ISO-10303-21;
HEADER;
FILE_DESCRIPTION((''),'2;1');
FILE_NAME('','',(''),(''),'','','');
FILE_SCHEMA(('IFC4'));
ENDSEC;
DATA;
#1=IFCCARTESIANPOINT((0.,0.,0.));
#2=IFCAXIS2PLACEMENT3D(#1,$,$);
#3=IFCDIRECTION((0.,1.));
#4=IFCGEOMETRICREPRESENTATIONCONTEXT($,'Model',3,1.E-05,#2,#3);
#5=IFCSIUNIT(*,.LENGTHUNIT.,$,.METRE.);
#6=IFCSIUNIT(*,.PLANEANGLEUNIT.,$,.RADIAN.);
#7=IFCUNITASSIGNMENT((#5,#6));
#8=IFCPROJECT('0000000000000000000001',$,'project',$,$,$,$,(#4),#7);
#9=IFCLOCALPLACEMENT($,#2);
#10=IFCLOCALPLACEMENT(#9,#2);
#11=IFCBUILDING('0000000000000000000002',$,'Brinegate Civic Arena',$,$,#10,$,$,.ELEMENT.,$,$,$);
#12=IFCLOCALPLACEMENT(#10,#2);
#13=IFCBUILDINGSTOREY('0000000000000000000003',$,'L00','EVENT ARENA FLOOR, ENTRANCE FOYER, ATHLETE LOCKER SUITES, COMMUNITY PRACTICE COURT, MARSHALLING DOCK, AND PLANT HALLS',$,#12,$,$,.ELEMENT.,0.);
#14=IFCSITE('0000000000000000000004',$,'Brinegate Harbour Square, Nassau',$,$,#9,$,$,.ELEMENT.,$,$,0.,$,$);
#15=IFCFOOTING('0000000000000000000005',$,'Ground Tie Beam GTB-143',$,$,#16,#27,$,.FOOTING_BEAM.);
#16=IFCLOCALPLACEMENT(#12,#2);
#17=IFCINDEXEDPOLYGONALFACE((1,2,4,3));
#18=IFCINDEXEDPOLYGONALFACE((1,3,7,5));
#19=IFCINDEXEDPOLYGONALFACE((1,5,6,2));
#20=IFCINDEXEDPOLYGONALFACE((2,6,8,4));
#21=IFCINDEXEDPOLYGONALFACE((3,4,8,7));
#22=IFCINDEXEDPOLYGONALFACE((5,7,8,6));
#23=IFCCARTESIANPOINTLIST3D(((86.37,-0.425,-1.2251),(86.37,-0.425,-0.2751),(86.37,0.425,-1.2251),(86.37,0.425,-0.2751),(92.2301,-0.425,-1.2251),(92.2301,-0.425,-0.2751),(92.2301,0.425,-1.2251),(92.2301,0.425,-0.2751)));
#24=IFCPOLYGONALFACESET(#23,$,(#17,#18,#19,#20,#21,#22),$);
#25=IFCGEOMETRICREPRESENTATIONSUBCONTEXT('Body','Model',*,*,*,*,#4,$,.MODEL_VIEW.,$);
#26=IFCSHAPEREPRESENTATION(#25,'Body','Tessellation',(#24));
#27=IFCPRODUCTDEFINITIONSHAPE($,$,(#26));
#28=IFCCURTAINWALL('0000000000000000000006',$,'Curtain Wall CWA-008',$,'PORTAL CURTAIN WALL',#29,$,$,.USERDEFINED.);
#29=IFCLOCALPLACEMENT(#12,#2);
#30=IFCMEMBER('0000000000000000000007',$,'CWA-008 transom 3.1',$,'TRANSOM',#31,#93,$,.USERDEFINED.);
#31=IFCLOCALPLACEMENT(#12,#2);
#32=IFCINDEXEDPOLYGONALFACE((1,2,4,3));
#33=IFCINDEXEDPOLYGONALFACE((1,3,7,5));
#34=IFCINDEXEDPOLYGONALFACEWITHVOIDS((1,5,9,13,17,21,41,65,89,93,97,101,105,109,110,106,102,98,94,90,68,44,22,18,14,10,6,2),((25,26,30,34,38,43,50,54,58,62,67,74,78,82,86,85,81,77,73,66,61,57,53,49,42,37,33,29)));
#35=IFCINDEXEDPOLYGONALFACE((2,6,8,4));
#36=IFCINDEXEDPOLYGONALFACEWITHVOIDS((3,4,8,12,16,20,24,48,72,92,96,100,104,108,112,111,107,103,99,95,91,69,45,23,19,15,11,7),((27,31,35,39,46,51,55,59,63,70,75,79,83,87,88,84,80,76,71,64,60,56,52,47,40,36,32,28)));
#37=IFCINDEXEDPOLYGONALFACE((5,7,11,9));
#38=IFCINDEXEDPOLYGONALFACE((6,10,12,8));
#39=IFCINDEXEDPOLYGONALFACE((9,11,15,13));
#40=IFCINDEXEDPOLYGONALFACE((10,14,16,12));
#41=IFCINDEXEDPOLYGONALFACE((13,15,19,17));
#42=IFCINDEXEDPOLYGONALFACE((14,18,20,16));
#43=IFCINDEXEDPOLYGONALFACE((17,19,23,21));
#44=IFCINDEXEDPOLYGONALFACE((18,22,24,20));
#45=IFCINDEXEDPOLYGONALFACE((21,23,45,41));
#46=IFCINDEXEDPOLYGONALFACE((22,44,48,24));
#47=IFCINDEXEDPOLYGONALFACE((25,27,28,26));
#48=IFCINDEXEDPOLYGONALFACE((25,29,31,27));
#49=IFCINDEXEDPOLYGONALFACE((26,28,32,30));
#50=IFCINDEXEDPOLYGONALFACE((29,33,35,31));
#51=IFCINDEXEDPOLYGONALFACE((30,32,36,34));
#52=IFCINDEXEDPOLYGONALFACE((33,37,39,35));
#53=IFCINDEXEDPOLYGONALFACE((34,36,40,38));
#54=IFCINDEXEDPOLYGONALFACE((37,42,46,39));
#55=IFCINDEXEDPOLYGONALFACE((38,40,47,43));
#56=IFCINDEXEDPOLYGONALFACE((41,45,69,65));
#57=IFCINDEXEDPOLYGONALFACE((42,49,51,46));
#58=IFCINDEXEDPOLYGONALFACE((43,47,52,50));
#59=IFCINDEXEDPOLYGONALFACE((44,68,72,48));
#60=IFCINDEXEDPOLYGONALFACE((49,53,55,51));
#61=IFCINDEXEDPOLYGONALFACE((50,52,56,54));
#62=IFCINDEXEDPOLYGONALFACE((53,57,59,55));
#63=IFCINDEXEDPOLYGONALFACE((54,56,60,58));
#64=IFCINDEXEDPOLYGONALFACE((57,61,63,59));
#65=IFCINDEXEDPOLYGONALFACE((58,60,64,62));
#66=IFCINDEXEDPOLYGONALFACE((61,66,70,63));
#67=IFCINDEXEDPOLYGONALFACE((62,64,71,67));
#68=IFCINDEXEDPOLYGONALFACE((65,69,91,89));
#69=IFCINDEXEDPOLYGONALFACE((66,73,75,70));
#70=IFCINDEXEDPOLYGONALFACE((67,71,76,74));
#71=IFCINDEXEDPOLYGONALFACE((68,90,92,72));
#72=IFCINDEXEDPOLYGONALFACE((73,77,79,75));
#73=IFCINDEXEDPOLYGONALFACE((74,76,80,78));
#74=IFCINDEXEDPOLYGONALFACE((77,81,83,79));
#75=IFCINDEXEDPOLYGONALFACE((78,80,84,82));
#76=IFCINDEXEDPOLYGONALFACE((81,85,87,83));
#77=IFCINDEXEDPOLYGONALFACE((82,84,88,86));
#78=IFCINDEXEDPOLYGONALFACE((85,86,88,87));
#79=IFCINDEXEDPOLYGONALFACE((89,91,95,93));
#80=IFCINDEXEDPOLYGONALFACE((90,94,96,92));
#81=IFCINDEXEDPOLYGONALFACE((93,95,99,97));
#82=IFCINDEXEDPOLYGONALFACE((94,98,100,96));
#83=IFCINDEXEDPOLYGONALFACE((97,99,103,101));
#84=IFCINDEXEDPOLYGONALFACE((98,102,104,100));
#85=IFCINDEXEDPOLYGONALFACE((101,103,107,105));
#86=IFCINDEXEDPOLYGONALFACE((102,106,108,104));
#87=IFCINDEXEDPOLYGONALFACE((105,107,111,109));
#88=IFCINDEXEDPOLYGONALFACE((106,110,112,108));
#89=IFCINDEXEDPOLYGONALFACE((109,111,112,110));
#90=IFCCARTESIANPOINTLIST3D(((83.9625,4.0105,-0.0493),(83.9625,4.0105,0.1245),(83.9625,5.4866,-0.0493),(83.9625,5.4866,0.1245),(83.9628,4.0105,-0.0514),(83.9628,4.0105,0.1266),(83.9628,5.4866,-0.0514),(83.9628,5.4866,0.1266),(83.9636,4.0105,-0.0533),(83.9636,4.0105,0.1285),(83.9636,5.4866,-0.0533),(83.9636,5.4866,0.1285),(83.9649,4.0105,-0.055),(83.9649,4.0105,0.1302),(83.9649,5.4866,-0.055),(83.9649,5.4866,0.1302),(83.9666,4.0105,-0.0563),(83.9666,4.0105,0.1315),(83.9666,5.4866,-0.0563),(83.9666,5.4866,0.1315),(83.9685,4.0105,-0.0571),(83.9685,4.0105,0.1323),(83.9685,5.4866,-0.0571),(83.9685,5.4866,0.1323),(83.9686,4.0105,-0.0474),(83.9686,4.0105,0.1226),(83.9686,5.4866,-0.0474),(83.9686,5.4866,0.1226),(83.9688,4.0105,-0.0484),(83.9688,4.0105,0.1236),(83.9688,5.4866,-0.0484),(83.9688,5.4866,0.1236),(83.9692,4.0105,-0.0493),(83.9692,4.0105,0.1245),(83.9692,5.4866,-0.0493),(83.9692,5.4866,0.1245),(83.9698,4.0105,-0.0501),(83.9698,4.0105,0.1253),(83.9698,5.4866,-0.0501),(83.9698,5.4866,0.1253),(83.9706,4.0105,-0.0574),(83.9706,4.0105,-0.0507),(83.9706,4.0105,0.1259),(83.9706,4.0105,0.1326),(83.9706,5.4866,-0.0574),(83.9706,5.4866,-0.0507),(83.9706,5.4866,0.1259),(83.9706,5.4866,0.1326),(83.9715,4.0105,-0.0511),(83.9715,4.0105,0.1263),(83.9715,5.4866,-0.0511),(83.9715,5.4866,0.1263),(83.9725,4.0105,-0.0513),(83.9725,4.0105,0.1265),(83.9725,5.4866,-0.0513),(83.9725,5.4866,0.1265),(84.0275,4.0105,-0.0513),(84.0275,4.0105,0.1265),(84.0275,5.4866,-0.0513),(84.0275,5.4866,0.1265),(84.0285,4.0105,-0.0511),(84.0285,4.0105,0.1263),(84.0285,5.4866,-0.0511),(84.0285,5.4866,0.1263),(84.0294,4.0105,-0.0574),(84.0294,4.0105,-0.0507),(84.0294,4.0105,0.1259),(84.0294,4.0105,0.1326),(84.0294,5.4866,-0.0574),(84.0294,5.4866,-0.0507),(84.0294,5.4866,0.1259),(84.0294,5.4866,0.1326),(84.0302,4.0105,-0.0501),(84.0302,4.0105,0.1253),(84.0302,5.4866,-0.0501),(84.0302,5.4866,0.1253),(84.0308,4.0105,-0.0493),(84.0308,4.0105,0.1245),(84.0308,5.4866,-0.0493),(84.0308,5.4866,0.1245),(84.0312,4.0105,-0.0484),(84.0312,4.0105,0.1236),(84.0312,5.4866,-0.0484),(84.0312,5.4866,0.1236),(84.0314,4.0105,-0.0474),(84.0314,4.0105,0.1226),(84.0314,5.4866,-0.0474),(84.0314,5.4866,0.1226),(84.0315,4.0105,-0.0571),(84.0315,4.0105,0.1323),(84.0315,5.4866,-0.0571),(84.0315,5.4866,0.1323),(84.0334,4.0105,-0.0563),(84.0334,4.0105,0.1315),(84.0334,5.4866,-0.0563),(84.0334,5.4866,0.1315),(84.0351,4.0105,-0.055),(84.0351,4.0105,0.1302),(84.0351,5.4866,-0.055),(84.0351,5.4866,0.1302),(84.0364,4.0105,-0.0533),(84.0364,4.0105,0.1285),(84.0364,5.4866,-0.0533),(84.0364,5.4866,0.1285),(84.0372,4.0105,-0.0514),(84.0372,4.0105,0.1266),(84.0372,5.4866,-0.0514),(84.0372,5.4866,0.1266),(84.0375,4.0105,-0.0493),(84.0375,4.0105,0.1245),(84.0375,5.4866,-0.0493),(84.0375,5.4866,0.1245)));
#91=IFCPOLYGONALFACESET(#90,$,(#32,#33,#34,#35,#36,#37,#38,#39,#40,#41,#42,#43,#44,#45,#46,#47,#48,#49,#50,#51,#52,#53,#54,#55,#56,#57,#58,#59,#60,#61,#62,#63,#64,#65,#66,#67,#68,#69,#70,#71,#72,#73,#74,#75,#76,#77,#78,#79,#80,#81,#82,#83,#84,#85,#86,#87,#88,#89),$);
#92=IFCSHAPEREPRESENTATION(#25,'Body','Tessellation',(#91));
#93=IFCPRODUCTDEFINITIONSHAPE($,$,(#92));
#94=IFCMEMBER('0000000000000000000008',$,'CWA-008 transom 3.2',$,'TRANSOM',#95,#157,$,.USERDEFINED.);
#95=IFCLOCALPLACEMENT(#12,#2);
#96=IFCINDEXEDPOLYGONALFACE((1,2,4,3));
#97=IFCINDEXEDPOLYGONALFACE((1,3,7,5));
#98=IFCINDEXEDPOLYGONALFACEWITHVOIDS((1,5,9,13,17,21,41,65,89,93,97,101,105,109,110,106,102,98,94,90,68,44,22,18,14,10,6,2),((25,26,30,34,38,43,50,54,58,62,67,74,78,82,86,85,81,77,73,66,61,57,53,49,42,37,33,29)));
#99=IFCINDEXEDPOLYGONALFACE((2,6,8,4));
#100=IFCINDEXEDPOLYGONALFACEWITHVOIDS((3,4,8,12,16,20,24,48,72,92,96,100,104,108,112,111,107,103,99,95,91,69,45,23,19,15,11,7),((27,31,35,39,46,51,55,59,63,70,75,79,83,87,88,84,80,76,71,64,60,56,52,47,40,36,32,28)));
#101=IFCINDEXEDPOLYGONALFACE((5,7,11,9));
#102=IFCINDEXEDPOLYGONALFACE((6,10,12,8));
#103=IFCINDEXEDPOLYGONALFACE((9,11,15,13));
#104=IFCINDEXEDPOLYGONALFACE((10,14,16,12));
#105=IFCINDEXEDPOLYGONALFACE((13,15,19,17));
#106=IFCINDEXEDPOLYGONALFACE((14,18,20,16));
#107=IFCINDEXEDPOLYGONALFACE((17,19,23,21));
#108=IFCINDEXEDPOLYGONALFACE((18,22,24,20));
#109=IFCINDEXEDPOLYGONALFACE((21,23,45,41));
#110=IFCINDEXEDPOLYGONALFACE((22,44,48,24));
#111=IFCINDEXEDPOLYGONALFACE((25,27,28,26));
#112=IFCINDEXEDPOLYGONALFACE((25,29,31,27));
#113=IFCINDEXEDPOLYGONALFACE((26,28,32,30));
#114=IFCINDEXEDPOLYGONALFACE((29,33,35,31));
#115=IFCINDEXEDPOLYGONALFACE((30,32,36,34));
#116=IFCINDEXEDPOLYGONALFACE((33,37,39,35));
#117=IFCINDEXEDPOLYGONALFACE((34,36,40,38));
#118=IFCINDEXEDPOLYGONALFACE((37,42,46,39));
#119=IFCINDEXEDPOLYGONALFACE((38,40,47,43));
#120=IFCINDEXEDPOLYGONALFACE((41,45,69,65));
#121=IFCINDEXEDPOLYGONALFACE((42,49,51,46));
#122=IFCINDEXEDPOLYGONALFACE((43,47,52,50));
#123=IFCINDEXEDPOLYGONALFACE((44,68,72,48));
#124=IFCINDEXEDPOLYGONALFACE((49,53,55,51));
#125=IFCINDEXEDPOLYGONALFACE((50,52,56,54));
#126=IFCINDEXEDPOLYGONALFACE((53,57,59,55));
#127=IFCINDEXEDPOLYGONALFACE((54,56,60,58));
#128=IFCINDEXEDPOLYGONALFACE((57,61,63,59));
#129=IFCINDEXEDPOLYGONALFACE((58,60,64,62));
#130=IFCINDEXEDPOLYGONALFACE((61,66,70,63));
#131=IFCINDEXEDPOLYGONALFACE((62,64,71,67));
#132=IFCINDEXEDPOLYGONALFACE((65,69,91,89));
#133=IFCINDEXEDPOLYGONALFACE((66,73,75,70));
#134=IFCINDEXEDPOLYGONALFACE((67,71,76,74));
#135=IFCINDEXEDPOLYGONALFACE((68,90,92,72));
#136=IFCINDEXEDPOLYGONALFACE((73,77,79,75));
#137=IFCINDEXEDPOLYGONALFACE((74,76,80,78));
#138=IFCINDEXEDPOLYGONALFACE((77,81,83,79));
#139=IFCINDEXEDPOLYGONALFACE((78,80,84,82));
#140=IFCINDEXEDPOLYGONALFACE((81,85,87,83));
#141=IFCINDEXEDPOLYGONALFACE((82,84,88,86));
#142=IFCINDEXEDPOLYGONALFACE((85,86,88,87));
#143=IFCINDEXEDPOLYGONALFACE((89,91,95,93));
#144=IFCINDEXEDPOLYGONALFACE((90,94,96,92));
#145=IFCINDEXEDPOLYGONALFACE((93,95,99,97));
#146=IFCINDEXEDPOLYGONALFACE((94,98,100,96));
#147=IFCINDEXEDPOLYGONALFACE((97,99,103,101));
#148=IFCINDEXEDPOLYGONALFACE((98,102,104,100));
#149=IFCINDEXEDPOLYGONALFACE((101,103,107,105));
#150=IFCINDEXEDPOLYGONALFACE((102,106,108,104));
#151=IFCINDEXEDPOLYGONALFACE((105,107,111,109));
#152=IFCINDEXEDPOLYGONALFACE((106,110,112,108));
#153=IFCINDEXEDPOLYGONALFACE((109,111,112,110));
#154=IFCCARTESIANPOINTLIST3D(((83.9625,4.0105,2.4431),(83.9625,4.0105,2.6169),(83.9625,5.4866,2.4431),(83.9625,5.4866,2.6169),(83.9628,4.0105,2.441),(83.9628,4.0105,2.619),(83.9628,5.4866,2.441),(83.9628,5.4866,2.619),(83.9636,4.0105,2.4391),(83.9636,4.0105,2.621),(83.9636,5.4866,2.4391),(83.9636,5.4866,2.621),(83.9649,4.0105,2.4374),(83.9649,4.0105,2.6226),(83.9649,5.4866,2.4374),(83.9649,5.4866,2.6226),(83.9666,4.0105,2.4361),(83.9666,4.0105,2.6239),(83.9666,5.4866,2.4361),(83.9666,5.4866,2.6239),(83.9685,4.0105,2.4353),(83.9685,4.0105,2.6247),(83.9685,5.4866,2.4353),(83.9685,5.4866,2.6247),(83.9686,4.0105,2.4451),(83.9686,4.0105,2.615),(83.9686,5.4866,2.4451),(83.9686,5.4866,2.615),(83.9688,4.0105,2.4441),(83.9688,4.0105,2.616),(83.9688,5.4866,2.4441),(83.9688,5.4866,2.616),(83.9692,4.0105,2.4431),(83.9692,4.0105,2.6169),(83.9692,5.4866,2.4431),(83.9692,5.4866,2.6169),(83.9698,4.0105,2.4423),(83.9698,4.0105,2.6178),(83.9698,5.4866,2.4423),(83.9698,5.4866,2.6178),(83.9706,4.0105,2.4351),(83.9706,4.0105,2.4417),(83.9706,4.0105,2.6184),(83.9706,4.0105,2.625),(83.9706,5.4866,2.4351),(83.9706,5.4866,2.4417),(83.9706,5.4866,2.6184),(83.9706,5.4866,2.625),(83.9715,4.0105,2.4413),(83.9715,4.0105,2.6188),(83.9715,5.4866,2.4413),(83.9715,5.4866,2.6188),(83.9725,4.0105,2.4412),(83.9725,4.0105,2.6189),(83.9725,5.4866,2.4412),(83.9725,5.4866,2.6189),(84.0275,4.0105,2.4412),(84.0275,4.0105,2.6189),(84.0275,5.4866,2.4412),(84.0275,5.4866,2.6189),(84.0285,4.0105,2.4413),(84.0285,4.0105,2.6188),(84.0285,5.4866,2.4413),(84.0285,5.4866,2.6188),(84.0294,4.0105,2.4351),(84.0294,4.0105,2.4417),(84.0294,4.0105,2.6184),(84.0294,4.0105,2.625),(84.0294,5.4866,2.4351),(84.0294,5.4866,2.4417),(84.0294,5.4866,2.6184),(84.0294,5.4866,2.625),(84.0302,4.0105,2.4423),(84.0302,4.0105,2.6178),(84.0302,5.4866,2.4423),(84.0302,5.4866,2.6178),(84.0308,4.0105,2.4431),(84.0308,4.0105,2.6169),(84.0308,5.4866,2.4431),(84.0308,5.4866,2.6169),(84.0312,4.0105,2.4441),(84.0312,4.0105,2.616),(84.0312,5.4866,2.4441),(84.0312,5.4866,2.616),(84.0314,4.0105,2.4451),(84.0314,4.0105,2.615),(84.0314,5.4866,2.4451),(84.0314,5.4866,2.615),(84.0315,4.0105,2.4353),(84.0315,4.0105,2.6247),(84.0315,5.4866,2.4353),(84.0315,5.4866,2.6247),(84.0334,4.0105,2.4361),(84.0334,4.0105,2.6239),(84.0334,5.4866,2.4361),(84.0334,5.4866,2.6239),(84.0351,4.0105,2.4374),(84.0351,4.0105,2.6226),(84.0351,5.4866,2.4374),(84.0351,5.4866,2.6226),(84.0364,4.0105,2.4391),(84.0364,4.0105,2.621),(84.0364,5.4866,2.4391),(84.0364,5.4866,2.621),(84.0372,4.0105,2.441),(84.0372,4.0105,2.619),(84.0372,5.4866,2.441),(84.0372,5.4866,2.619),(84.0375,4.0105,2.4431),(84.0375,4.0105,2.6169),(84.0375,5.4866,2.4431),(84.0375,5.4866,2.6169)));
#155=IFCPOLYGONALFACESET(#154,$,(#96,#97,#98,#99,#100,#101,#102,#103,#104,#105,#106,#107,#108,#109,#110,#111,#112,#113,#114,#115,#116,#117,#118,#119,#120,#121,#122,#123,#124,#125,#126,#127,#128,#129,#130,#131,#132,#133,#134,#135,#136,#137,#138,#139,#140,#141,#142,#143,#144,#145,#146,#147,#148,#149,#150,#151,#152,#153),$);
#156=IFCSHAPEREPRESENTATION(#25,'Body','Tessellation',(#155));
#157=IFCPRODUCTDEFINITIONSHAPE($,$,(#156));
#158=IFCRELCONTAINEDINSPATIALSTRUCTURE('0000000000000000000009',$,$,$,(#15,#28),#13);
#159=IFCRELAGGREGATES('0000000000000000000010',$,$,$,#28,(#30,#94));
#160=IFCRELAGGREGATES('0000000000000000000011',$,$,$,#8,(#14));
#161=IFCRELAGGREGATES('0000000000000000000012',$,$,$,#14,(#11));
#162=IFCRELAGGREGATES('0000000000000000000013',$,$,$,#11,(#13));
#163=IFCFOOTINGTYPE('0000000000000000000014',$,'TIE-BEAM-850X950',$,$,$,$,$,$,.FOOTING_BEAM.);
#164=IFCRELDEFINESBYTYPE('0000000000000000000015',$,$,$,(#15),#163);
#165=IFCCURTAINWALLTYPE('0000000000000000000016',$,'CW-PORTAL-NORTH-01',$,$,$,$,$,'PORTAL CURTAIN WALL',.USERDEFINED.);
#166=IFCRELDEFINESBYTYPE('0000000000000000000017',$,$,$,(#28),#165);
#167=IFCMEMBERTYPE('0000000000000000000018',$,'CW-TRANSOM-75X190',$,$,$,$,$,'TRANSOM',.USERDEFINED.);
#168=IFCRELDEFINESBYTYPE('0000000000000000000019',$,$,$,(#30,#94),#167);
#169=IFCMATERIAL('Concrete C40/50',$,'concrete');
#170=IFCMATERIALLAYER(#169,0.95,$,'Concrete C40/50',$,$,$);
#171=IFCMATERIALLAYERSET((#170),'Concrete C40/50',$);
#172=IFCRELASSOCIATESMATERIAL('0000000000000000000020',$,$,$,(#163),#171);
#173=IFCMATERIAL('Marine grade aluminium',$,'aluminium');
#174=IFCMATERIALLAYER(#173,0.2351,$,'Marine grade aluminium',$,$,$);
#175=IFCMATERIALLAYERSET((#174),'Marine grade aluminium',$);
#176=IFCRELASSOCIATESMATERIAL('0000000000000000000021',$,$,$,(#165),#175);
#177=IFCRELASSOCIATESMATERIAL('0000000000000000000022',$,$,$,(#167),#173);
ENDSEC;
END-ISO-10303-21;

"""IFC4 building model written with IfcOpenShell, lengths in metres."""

from ifc_helpers import new_model, si_unit, direction, frame, origin, origin_2d, place, context, subcontext, project, spatial, rectangle, hollow_rectangle, extrude, material, layer, layer_set, material_profile, profile_set, type_object, element, aggregate, save


model = new_model("IFC4")

# Units and contexts
model_context = context("Model", 3, precision=1e-05, world=origin(), true_north=direction((0.0, 1.0)))
body_context = subcontext(model_context, "Body", "Model", "MODEL_VIEW")
ifc_project = project(units=[si_unit("LENGTHUNIT", "METRE"), si_unit("PLANEANGLEUNIT", "RADIAN")], contexts=[model_context])

# Site, building, storey
site_placement = place(None, origin())
site = spatial("IfcSite", under=ifc_project, at=site_placement, Name="Brinegate Harbour Square, Nassau", CompositionType="ELEMENT", RefElevation=0.0)
building_placement = place(site_placement, origin())
building = spatial("IfcBuilding", under=site, at=building_placement, Name="Brinegate Civic Arena", CompositionType="ELEMENT")
storey_placement = place(building_placement, origin())
storey = spatial("IfcBuildingStorey", under=building, at=storey_placement, Name="L00", Description="EVENT ARENA FLOOR, ENTRANCE FOYER, ATHLETE LOCKER SUITES, COMMUNITY PRACTICE COURT, MARSHALLING DOCK, AND PLANT HALLS", CompositionType="ELEMENT", Elevation=0.0)

# Shared definitions
ifc_material_1 = material(Name="Concrete C40/50", Category="concrete")

# Footing
ifc_layer_1 = layer(ifc_material_1, 0.95, Name="Concrete C40/50")
ifc_layer_set_1 = layer_set([ifc_layer_1], Name="Concrete C40/50")
footing_type_1 = type_object("IfcFootingType", Name="TIE-BEAM-850X950", PredefinedType="FOOTING_BEAM", material=ifc_layer_set_1)
footing_1_placement = place(storey_placement, frame((89.3, 0.0, -1.2251), z_axis=(0.0, 0.0, 1.0), x_axis=(1.0, 0.0, 0.0)))
element("IfcFooting", 1, at=footing_1_placement, inside=storey, type_object=footing_type_1, Name="Ground Tie Beam GTB-143", PredefinedType="FOOTING_BEAM", context=body_context, shape_type="SweptSolid", body=[
    extrude(rectangle(XDim=5.8601, YDim=0.8501, at=origin_2d()), origin(), (0.0, 0.0, 1.0), 0.95),
])

# Curtain wall, members
ifc_material_2 = material(Name="Marine grade aluminium", Category="aluminium")
ifc_layer_2 = layer(ifc_material_2, 0.2351, Name="Marine grade aluminium")
ifc_layer_set_2 = layer_set([ifc_layer_2], Name="Marine grade aluminium")
curtain_wall_type = type_object("IfcCurtainWallType", Name="CW-PORTAL-NORTH-01", ElementType="PORTAL CURTAIN WALL", PredefinedType="USERDEFINED", material=ifc_layer_set_2)
curtain_wall_placement = place(storey_placement, origin())
curtain_wall = element("IfcCurtainWall", 2, at=curtain_wall_placement, inside=storey, type_object=curtain_wall_type, Name="Curtain Wall CWA-008", ObjectType="PORTAL CURTAIN WALL", PredefinedType="USERDEFINED")
ifc_material_profile_1 = material_profile(ifc_material_2, hollow_rectangle(XDim=0.075, YDim=0.1899, WallThickness=0.0061, InnerFilletRadius=0.0039, OuterFilletRadius=0.0081, at=origin_2d()), Name="TRN75X190")
ifc_profile_set_1 = profile_set([ifc_material_profile_1], Name="Marine grade aluminium")
member_type = type_object("IfcMemberType", Name="CW-TRANSOM-75X190", ElementType="TRANSOM", PredefinedType="USERDEFINED", material=ifc_profile_set_1)
member_1_placement = place(storey_placement, frame((84.0, 4.0105, 0.0376), z_axis=(0.0, 1.0, 0.0), x_axis=(-1.0, 0.0, 0.0)))
member_1 = element("IfcMember", 3, at=member_1_placement, type_object=member_type, Name="CWA-008 transom 3.1", ObjectType="TRANSOM", PredefinedType="USERDEFINED", context=body_context, shape_type="SweptSolid", body=[
    extrude(hollow_rectangle(XDim=0.075, YDim=0.1899, WallThickness=0.0061, InnerFilletRadius=0.0039, OuterFilletRadius=0.0081, at=origin_2d()), origin(), (0.0, 0.0, 1.0), 1.4761),
])
member_2_placement = place(storey_placement, frame((84.0, 4.0105, 2.53), z_axis=(0.0, 1.0, 0.0), x_axis=(-1.0, 0.0, 0.0)))
member_2 = element("IfcMember", 4, at=member_2_placement, type_object=member_type, Name="CWA-008 transom 3.2", ObjectType="TRANSOM", PredefinedType="USERDEFINED", context=body_context, shape_type="SweptSolid", body=[
    extrude(hollow_rectangle(XDim=0.075, YDim=0.1899, WallThickness=0.0061, InnerFilletRadius=0.0039, OuterFilletRadius=0.0081, at=origin_2d()), origin(), (0.0, 0.0, 1.0), 1.4761),
])
aggregate(curtain_wall, [member_1, member_2])

save(model, "model.ifc")
